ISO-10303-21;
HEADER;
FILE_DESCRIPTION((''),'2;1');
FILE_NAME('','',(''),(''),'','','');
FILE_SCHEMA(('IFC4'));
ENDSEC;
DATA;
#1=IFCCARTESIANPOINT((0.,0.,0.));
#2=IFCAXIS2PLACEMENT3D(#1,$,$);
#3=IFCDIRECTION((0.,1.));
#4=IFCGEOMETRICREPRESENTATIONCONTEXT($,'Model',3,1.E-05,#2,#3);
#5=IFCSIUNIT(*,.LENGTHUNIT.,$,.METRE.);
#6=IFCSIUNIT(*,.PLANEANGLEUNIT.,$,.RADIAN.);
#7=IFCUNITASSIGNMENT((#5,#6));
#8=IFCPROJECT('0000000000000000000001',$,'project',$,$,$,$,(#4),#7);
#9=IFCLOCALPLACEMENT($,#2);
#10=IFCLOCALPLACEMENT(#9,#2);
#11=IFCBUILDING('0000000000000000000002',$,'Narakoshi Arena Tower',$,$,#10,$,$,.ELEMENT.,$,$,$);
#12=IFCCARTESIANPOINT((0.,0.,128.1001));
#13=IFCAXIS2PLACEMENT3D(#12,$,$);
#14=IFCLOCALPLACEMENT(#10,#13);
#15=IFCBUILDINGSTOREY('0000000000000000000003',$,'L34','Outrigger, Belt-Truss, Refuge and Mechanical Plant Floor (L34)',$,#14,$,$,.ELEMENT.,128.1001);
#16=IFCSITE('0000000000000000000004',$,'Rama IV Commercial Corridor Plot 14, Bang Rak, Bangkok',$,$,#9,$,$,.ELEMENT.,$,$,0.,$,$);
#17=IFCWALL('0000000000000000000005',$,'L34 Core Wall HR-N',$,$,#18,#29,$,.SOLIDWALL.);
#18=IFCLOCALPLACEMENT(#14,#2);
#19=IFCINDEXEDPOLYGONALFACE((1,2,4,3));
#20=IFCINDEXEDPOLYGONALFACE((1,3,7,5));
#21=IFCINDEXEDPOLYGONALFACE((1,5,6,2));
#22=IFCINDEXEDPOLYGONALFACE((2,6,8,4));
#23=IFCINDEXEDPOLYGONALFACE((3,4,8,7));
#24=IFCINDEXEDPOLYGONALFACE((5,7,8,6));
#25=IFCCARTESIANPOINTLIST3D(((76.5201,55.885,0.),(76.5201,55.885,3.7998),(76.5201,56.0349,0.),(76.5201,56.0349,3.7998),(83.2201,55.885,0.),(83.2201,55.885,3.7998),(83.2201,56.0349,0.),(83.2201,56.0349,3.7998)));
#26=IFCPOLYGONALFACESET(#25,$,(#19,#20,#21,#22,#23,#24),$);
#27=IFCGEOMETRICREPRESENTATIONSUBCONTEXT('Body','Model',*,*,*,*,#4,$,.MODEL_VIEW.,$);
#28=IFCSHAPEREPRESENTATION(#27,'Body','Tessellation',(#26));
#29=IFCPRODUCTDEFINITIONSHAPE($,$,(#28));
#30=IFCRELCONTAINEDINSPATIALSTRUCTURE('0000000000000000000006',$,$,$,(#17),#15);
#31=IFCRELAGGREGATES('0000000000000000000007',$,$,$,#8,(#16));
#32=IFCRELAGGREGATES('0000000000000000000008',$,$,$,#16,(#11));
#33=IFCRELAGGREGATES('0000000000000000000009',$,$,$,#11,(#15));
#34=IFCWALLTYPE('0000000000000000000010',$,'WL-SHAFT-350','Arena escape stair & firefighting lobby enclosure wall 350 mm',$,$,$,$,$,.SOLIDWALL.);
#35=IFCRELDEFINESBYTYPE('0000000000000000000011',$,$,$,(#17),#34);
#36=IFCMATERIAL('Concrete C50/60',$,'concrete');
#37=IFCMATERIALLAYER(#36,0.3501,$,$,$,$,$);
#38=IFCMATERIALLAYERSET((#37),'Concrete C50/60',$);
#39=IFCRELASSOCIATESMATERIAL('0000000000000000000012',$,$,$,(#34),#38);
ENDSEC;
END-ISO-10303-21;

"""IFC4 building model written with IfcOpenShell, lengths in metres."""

from ifc_helpers import new_model, si_unit, direction, frame, frame_2d, origin, place, context, subcontext, project, spatial, rectangle, extrude, material, layer, layer_set, type_object, element, save


model = new_model("IFC4")

# Units and contexts
model_context = context("Model", 3, precision=1e-05, world=origin(), true_north=direction((0.0, 1.0)))
body_context = subcontext(model_context, "Body", "Model", "MODEL_VIEW")
ifc_project = project(units=[si_unit("LENGTHUNIT", "METRE"), si_unit("PLANEANGLEUNIT", "RADIAN")], contexts=[model_context])

# Site, building, storey
site_placement = place(None, origin())
site = spatial("IfcSite", under=ifc_project, at=site_placement, Name="Rama IV Commercial Corridor Plot 14, Bang Rak, Bangkok", CompositionType="ELEMENT", RefElevation=0.0)
building_placement = place(site_placement, origin())
building = spatial("IfcBuilding", under=site, at=building_placement, Name="Narakoshi Arena Tower", CompositionType="ELEMENT")
storey_placement = place(building_placement, frame((0.0, 0.0, 128.1001)))
storey = spatial("IfcBuildingStorey", under=building, at=storey_placement, Name="L34", Description="Outrigger, Belt-Truss, Refuge and Mechanical Plant Floor (L34)", CompositionType="ELEMENT", Elevation=128.1001)

# Shared definitions
ifc_material_1 = material(Name="Concrete C50/60", Category="concrete")
ifc_layer_1 = layer(ifc_material_1, 0.3501)
ifc_layer_set_1 = layer_set([ifc_layer_1], Name="Concrete C50/60")
wall_type_1 = type_object("IfcWallType", Name="WL-SHAFT-350", Description="Arena escape stair & firefighting lobby enclosure wall 350 mm", PredefinedType="SOLIDWALL", material=ifc_layer_set_1)

# Wall
wall_1_placement = place(storey_placement, frame((76.52, 55.96, 0.0), z_axis=(0.0, 0.0, 1.0), x_axis=(1.0, 0.0, 0.0)))
element("IfcWall", 1, at=wall_1_placement, inside=storey, type_object=wall_type_1, Name="L34 Core Wall HR-N", PredefinedType="SOLIDWALL", context=body_context, shape_type="SweptSolid", body=[
    extrude(rectangle(XDim=6.7, YDim=0.1499, at=frame_2d((3.3501, 0.0))), origin(), (0.0, 0.0, 1.0), 3.7998),
])

save(model, "model.ifc")
